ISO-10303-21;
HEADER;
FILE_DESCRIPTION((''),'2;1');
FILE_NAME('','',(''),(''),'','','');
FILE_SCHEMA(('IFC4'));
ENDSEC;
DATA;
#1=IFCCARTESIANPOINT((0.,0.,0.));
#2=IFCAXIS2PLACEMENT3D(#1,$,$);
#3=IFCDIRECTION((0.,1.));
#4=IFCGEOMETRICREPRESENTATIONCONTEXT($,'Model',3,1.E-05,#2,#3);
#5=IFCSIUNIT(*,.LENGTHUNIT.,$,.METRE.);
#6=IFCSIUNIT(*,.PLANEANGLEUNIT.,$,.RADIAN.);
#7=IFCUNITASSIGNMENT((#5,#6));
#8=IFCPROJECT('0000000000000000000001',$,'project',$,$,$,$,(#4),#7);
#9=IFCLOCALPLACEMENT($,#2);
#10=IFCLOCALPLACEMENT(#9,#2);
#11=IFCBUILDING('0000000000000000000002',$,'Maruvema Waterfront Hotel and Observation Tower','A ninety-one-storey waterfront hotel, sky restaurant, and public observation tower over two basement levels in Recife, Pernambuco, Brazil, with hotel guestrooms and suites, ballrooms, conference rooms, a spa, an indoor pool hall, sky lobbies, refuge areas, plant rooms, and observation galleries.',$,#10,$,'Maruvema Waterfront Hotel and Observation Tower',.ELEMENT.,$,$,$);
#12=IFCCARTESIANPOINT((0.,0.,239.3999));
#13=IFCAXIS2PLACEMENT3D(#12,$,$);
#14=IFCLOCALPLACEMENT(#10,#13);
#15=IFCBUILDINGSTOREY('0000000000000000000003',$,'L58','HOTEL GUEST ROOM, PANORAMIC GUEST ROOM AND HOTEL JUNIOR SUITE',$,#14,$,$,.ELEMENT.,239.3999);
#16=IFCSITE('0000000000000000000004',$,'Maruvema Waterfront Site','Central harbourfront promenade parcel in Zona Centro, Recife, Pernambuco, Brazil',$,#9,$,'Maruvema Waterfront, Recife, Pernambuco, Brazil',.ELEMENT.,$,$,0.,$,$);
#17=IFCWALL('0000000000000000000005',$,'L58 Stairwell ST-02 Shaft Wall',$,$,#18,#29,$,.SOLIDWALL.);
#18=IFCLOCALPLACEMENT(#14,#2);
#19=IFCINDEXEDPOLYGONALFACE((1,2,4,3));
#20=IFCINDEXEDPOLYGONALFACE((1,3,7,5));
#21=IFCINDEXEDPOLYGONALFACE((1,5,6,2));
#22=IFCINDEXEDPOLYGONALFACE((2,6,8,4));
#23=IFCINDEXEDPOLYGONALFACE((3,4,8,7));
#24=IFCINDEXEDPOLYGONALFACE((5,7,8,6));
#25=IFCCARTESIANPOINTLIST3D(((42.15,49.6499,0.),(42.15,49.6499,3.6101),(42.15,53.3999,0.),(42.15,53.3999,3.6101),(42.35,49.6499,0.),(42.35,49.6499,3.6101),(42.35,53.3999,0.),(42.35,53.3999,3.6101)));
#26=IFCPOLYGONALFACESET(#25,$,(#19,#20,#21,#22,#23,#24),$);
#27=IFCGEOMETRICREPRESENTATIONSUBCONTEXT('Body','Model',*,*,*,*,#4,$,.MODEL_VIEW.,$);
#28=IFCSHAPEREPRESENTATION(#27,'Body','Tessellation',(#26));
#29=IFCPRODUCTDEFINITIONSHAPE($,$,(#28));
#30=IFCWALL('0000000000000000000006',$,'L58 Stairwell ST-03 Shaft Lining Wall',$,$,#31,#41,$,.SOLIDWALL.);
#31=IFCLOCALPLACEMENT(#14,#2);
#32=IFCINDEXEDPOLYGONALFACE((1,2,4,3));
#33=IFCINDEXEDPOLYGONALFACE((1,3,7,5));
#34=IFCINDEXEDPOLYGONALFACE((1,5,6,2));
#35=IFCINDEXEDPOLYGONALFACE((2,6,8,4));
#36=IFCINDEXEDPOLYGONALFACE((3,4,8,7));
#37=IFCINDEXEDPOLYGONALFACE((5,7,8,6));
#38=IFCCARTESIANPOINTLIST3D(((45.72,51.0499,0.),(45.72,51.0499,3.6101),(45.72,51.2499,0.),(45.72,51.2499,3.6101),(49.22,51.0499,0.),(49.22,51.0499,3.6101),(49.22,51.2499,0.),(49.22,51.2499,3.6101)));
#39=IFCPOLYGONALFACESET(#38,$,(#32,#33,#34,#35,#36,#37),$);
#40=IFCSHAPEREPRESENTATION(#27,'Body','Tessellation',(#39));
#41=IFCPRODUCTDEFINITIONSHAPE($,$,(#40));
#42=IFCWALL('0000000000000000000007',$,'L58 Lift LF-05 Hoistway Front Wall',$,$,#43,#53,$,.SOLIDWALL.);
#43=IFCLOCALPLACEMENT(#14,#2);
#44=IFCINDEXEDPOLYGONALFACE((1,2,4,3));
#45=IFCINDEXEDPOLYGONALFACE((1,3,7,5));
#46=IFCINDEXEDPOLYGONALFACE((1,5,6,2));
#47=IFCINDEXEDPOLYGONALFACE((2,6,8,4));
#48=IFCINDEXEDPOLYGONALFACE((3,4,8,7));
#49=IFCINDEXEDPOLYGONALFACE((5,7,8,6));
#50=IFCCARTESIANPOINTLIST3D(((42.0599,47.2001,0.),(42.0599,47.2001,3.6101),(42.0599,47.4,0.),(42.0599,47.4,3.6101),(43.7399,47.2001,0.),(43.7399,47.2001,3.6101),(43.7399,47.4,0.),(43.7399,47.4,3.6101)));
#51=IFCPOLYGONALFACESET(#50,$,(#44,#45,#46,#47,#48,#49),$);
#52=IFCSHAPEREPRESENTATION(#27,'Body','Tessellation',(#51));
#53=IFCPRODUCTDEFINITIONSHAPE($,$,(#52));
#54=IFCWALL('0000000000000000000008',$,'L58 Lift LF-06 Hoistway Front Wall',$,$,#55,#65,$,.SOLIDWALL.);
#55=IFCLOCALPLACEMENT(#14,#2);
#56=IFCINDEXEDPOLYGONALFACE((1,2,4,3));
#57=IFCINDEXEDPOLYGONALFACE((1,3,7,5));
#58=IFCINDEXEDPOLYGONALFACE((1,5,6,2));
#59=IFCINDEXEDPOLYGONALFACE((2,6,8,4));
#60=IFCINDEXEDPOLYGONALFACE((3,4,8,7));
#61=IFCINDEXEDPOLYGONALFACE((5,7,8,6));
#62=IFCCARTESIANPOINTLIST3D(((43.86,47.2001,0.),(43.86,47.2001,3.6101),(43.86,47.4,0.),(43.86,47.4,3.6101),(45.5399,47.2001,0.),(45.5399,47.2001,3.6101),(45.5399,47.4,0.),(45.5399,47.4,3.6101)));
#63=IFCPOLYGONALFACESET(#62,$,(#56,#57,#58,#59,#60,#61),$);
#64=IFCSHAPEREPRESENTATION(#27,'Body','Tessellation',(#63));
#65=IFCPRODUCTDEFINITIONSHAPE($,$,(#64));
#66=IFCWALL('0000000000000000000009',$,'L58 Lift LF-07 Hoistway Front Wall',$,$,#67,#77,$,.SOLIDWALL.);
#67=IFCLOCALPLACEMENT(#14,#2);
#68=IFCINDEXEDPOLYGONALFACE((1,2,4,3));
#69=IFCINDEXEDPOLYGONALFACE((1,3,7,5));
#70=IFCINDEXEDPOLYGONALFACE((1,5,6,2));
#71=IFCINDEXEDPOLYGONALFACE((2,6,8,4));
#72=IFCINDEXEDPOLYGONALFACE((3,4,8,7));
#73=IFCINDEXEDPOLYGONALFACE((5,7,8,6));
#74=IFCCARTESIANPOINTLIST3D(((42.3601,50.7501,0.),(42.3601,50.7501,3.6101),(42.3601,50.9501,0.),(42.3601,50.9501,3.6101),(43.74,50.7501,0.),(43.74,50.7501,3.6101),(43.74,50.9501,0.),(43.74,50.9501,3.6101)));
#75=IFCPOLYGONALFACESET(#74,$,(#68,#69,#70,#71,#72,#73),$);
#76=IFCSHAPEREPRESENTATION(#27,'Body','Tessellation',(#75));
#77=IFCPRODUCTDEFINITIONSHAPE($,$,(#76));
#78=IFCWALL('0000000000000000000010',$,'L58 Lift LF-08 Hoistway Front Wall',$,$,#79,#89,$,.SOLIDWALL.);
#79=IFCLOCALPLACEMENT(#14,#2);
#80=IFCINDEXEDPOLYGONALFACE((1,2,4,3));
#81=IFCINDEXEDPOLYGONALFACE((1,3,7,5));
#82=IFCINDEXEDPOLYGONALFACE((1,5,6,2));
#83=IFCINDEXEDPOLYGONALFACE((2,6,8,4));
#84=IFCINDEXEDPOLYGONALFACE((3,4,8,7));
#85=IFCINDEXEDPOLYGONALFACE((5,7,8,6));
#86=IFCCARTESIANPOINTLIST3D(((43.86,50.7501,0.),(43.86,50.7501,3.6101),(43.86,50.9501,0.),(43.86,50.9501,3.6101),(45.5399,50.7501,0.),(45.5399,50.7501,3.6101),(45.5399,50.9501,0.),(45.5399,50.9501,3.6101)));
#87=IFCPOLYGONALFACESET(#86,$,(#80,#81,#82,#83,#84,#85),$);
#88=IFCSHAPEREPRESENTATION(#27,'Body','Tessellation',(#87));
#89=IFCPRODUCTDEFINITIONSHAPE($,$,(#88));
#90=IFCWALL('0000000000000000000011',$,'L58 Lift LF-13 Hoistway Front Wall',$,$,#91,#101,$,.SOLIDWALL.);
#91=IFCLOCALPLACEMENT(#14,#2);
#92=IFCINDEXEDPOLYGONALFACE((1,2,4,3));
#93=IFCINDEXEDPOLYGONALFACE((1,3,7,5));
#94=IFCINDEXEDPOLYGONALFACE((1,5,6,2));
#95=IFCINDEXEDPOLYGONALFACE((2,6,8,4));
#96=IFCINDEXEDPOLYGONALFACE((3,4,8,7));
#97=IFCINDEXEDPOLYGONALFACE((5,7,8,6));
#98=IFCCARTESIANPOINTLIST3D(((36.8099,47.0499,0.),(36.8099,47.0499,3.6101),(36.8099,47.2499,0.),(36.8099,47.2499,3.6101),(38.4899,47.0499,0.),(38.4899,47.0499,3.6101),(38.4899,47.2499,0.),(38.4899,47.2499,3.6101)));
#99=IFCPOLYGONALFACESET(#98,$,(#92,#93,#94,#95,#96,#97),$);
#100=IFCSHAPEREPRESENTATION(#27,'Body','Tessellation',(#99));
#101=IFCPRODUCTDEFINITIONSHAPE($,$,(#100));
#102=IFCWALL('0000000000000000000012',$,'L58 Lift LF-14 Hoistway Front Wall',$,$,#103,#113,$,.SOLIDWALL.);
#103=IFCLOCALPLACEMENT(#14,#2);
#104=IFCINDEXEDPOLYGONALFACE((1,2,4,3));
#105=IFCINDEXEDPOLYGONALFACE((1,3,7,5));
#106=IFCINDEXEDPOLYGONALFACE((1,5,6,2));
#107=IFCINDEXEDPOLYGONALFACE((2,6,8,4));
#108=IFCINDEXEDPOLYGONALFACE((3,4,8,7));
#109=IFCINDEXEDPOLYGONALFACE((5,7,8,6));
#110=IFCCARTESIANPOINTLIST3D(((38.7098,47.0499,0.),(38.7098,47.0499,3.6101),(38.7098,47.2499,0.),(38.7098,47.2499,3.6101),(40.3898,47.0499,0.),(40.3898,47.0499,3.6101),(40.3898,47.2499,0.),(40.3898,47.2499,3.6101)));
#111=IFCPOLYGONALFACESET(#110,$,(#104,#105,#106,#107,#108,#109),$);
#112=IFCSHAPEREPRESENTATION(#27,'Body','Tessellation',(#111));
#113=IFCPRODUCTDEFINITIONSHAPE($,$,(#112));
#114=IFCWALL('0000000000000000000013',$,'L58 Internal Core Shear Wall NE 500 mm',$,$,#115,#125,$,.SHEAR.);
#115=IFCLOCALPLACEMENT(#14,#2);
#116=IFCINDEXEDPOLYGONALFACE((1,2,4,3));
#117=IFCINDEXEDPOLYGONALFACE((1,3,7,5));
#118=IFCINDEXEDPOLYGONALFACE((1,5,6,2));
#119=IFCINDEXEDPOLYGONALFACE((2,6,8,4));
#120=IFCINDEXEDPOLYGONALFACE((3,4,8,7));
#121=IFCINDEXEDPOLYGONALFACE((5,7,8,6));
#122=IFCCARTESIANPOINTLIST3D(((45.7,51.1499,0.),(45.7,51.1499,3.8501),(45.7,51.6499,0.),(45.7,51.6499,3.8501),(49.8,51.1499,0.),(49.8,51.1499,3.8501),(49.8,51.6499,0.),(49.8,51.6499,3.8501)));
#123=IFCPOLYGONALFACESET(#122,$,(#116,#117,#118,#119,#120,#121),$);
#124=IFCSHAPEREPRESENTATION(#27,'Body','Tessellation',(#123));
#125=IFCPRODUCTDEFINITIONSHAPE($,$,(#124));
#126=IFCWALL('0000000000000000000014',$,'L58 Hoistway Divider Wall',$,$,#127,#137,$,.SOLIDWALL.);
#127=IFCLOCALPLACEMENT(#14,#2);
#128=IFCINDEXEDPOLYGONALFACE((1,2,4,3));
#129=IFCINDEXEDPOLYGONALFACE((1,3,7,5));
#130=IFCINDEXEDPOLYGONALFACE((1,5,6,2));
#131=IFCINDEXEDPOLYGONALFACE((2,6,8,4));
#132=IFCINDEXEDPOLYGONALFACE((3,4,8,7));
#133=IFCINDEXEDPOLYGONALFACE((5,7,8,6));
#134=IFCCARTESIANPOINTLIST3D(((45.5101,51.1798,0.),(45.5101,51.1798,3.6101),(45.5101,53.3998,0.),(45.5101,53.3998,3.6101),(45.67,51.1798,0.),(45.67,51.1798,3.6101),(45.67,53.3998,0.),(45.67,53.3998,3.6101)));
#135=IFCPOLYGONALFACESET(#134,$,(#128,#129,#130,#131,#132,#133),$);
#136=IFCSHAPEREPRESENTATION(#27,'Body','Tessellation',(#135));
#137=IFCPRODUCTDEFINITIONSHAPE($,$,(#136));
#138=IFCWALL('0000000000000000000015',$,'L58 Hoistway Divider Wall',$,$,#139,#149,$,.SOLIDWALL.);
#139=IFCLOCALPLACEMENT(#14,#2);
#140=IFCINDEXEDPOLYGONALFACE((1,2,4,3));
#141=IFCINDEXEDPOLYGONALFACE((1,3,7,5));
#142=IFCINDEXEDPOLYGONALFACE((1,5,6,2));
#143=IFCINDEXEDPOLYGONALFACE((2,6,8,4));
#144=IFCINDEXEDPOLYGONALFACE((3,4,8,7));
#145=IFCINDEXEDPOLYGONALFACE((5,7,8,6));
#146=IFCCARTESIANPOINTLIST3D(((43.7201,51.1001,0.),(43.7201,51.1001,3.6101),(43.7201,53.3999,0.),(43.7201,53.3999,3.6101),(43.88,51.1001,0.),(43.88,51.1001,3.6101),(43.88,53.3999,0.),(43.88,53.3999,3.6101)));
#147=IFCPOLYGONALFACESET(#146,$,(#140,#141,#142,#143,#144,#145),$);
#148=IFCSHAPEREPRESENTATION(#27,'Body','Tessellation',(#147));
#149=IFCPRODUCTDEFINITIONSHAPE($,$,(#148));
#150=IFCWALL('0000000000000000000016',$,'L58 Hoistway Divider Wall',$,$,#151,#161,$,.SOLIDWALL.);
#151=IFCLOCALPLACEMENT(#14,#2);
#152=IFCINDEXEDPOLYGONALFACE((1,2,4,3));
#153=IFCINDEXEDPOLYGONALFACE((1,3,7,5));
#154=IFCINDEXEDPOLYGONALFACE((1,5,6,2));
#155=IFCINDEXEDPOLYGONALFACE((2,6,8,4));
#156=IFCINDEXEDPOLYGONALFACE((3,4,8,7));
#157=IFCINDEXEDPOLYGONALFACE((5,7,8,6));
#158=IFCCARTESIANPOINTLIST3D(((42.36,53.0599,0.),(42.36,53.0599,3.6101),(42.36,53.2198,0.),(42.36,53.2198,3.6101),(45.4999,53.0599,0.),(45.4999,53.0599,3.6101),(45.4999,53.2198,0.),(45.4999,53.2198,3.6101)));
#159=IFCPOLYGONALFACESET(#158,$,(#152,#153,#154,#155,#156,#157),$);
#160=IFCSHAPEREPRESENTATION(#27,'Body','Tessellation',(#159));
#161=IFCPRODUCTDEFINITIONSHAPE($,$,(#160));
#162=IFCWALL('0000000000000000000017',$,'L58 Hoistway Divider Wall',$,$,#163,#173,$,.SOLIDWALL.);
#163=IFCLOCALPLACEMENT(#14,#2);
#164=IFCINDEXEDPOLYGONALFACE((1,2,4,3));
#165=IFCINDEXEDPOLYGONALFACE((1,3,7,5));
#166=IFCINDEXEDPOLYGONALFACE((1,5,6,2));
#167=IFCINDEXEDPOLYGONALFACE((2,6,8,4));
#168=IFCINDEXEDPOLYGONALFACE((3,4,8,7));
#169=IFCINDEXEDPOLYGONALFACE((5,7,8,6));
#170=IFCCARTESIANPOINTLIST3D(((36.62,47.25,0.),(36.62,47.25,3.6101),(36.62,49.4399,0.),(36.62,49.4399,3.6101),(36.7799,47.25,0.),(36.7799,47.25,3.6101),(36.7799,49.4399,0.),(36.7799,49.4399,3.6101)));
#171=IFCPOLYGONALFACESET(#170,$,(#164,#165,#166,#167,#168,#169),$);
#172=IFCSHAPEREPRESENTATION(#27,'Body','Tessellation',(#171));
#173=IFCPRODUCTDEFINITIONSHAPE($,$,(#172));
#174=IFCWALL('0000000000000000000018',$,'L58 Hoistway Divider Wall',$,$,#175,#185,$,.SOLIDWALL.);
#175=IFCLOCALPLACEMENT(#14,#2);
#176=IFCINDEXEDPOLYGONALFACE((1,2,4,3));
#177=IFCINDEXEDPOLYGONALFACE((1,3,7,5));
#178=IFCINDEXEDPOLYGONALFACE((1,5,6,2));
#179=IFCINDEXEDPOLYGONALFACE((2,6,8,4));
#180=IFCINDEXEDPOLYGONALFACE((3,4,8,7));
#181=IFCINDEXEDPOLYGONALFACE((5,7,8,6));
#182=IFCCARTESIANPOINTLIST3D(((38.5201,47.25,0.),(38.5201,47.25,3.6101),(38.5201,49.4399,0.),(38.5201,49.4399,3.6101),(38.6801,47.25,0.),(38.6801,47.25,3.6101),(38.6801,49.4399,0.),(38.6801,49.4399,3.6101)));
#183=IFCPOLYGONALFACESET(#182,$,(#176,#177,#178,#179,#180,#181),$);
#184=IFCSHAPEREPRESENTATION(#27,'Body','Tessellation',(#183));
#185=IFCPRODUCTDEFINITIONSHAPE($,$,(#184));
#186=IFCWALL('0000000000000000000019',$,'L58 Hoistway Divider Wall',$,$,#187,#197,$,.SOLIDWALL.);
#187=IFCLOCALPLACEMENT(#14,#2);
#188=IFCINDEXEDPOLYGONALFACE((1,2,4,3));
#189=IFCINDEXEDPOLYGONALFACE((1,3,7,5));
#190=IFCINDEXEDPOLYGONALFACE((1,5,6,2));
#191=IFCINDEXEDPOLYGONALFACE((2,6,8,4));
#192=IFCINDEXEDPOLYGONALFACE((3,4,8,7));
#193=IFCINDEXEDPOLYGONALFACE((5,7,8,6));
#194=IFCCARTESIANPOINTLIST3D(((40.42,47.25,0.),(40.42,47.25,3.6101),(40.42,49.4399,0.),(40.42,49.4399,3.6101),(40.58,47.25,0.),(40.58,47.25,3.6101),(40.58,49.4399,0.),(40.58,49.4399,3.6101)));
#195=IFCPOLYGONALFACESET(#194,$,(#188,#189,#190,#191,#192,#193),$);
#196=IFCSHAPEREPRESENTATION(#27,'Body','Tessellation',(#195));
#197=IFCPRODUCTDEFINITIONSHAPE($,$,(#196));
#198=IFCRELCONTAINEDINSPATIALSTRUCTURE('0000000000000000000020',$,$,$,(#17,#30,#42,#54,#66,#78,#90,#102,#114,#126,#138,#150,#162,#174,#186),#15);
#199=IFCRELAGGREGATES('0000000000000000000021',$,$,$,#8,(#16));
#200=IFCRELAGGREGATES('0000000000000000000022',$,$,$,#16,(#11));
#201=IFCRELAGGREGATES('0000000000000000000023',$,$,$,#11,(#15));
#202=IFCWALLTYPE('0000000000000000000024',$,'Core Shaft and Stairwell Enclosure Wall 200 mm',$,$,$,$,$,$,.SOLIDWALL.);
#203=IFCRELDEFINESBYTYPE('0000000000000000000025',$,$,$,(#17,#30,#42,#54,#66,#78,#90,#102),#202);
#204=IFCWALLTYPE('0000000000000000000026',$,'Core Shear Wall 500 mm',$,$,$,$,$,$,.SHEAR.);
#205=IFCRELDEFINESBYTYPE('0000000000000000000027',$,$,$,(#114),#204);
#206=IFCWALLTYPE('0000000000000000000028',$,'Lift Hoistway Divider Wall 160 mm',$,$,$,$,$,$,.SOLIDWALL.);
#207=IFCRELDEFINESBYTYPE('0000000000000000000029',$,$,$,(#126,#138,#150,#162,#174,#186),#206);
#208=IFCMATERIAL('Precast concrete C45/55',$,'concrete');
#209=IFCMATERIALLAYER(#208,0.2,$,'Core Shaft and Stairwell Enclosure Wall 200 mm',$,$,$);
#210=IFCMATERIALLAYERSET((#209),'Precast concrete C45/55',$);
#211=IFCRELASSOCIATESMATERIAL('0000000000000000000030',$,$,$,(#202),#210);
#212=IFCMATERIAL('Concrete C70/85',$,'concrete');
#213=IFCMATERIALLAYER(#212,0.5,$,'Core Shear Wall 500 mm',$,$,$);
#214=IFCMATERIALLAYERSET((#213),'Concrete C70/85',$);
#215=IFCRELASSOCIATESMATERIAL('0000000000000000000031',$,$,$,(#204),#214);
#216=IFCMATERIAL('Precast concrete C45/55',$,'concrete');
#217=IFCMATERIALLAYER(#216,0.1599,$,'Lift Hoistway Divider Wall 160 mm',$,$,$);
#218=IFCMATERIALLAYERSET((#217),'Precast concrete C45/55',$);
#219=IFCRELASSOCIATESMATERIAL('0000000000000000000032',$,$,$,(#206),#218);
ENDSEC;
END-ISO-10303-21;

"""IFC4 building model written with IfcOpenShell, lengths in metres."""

from ifc_helpers import new_model, si_unit, direction, frame, frame_2d, origin, place, context, subcontext, project, spatial, rectangle, extrude, material, layer, layer_set, type_object, element, save


model = new_model("IFC4")

# Units and contexts
model_context = context("Model", 3, precision=1e-05, world=origin(), true_north=direction((0.0, 1.0)))
body_context = subcontext(model_context, "Body", "Model", "MODEL_VIEW")
ifc_project = project(units=[si_unit("LENGTHUNIT", "METRE"), si_unit("PLANEANGLEUNIT", "RADIAN")], contexts=[model_context])

# Site, building, storey
site_placement = place(None, origin())
site = spatial("IfcSite", under=ifc_project, at=site_placement, Name="Maruvema Waterfront Site", Description="Central harbourfront promenade parcel in Zona Centro, Recife, Pernambuco, Brazil", LongName="Maruvema Waterfront, Recife, Pernambuco, Brazil", CompositionType="ELEMENT", RefElevation=0.0)
building_placement = place(site_placement, origin())
building = spatial("IfcBuilding", under=site, at=building_placement, Name="Maruvema Waterfront Hotel and Observation Tower", Description="A ninety-one-storey waterfront hotel, sky restaurant, and public observation tower over two basement levels in Recife, Pernambuco, Brazil, with hotel guestrooms and suites, ballrooms, conference rooms, a spa, an indoor pool hall, sky lobbies, refuge areas, plant rooms, and observation galleries.", LongName="Maruvema Waterfront Hotel and Observation Tower", CompositionType="ELEMENT")
storey_placement = place(building_placement, frame((0.0, 0.0, 239.3999)))
storey = spatial("IfcBuildingStorey", under=building, at=storey_placement, Name="L58", Description="HOTEL GUEST ROOM, PANORAMIC GUEST ROOM AND HOTEL JUNIOR SUITE", CompositionType="ELEMENT", Elevation=239.3999)

# Walls
ifc_material_1 = material(Name="Precast concrete C45/55", Category="concrete")
ifc_layer_1 = layer(ifc_material_1, 0.2, Name="Core Shaft and Stairwell Enclosure Wall 200 mm")
ifc_layer_set_1 = layer_set([ifc_layer_1], Name="Precast concrete C45/55")
wall_type_1 = type_object("IfcWallType", Name="Core Shaft and Stairwell Enclosure Wall 200 mm", PredefinedType="SOLIDWALL", material=ifc_layer_set_1)
wall_1_placement = place(storey_placement, frame((42.25, 49.6499, 0.0), z_axis=(0.0, 0.0, 1.0), x_axis=(0.0, 1.0, 0.0)))
element("IfcWall", 1, at=wall_1_placement, inside=storey, type_object=wall_type_1, Name="L58 Stairwell ST-02 Shaft Wall", PredefinedType="SOLIDWALL", context=body_context, shape_type="SweptSolid", body=[
    extrude(rectangle(XDim=3.75, YDim=0.2, at=frame_2d((1.875, 0.0))), origin(), (0.0, 0.0, 1.0), 3.6101),
])
wall_2_placement = place(storey_placement, frame((45.72, 51.1499, 0.0), z_axis=(0.0, 0.0, 1.0), x_axis=(1.0, 0.0, 0.0)))
element("IfcWall", 2, at=wall_2_placement, inside=storey, type_object=wall_type_1, Name="L58 Stairwell ST-03 Shaft Lining Wall", PredefinedType="SOLIDWALL", context=body_context, shape_type="SweptSolid", body=[
    extrude(rectangle(XDim=3.5, YDim=0.2, at=frame_2d((1.75, 0.0))), origin(), (0.0, 0.0, 1.0), 3.6101),
])
for number, where, z_axis, x_axis, name in (
    (3, (42.0601, 47.3, 0.0), (0.0, 0.0, 1.0), (1.0, 0.0, 0.0), "L58 Lift LF-05 Hoistway Front Wall"),
    (4, (43.8601, 47.3, 0.0), (0.0, 0.0, 1.0), (1.0, 0.0, 0.0), "L58 Lift LF-06 Hoistway Front Wall"),
):
    element("IfcWall", number, at=place(storey_placement, frame(where, z_axis=z_axis, x_axis=x_axis)), inside=storey, type_object=wall_type_1, Name=name, PredefinedType="SOLIDWALL", context=body_context, shape_type="SweptSolid", body=[
        extrude(rectangle(XDim=1.6799, YDim=0.2, at=frame_2d((0.8398, 0.0))), origin(), (0.0, 0.0, 1.0), 3.6101),
    ])
wall_3_placement = place(storey_placement, frame((42.3601, 50.8501, 0.0), z_axis=(0.0, 0.0, 1.0), x_axis=(1.0, 0.0, 0.0)))
element("IfcWall", 5, at=wall_3_placement, inside=storey, type_object=wall_type_1, Name="L58 Lift LF-07 Hoistway Front Wall", PredefinedType="SOLIDWALL", context=body_context, shape_type="SweptSolid", body=[
    extrude(rectangle(XDim=1.3799, YDim=0.2, at=frame_2d((0.6899, 0.0))), origin(), (0.0, 0.0, 1.0), 3.6101),
])
for number, where, z_axis, x_axis, name in (
    (6, (43.8601, 50.8501, 0.0), (0.0, 0.0, 1.0), (1.0, 0.0, 0.0), "L58 Lift LF-08 Hoistway Front Wall"),
    (7, (36.8101, 47.1499, 0.0), (0.0, 0.0, 1.0), (1.0, 0.0, 0.0), "L58 Lift LF-13 Hoistway Front Wall"),
    (8, (38.71, 47.1499, 0.0), (0.0, 0.0, 1.0), (1.0, 0.0, 0.0), "L58 Lift LF-14 Hoistway Front Wall"),
):
    element("IfcWall", number, at=place(storey_placement, frame(where, z_axis=z_axis, x_axis=x_axis)), inside=storey, type_object=wall_type_1, Name=name, PredefinedType="SOLIDWALL", context=body_context, shape_type="SweptSolid", body=[
        extrude(rectangle(XDim=1.6799, YDim=0.2, at=frame_2d((0.8398, 0.0))), origin(), (0.0, 0.0, 1.0), 3.6101),
    ])
ifc_material_2 = material(Name="Concrete C70/85", Category="concrete")
ifc_layer_2 = layer(ifc_material_2, 0.5, Name="Core Shear Wall 500 mm")
ifc_layer_set_2 = layer_set([ifc_layer_2], Name="Concrete C70/85")
wall_type_2 = type_object("IfcWallType", Name="Core Shear Wall 500 mm", PredefinedType="SHEAR", material=ifc_layer_set_2)
wall_4_placement = place(storey_placement, frame((45.7, 51.3999, 0.0), z_axis=(0.0, 0.0, 1.0), x_axis=(1.0, 0.0, 0.0)))
element("IfcWall", 9, at=wall_4_placement, inside=storey, type_object=wall_type_2, Name="L58 Internal Core Shear Wall NE 500 mm", PredefinedType="SHEAR", context=body_context, shape_type="SweptSolid", body=[
    extrude(rectangle(XDim=4.1001, YDim=0.5, at=frame_2d((2.05, 0.0))), origin(), (0.0, 0.0, 1.0), 3.8501),
])
ifc_material_3 = material(Name="Precast concrete C45/55", Category="concrete")
ifc_layer_3 = layer(ifc_material_3, 0.1599, Name="Lift Hoistway Divider Wall 160 mm")
ifc_layer_set_3 = layer_set([ifc_layer_3], Name="Precast concrete C45/55")
wall_type_3 = type_object("IfcWallType", Name="Lift Hoistway Divider Wall 160 mm", PredefinedType="SOLIDWALL", material=ifc_layer_set_3)
wall_5_placement = place(storey_placement, frame((45.5901, 51.1799, 0.0), z_axis=(0.0, 0.0, 1.0), x_axis=(0.0, 1.0, 0.0)))
element("IfcWall", 10, at=wall_5_placement, inside=storey, type_object=wall_type_3, Name="L58 Hoistway Divider Wall", PredefinedType="SOLIDWALL", context=body_context, shape_type="SweptSolid", body=[
    extrude(rectangle(XDim=2.22, YDim=0.1599, at=frame_2d((1.1099, 0.0))), origin(), (0.0, 0.0, 1.0), 3.6101),
])
wall_6_placement = place(storey_placement, frame((43.8, 51.1001, 0.0), z_axis=(0.0, 0.0, 1.0), x_axis=(0.0, 1.0, 0.0)))
element("IfcWall", 11, at=wall_6_placement, inside=storey, type_object=wall_type_3, Name="L58 Hoistway Divider Wall", PredefinedType="SOLIDWALL", context=body_context, shape_type="SweptSolid", body=[
    extrude(rectangle(XDim=2.2998, YDim=0.1599, at=frame_2d((1.1499, 0.0))), origin(), (0.0, 0.0, 1.0), 3.6101),
])
wall_7_placement = place(storey_placement, frame((42.3601, 53.1399, 0.0), z_axis=(0.0, 0.0, 1.0), x_axis=(1.0, 0.0, 0.0)))
element("IfcWall", 12, at=wall_7_placement, inside=storey, type_object=wall_type_3, Name="L58 Hoistway Divider Wall", PredefinedType="SOLIDWALL", context=body_context, shape_type="SweptSolid", body=[
    extrude(rectangle(XDim=3.1399, YDim=0.1599, at=frame_2d((1.5698, 0.0))), origin(), (0.0, 0.0, 1.0), 3.6101),
])
for number, where, z_axis, x_axis, name in (
    (13, (36.7, 47.25, 0.0), (0.0, 0.0, 1.0), (0.0, 1.0, 0.0), "L58 Hoistway Divider Wall"),
    (14, (38.6001, 47.25, 0.0), (0.0, 0.0, 1.0), (0.0, 1.0, 0.0), "L58 Hoistway Divider Wall"),
    (15, (40.5, 47.25, 0.0), (0.0, 0.0, 1.0), (0.0, 1.0, 0.0), "L58 Hoistway Divider Wall"),
):
    element("IfcWall", number, at=place(storey_placement, frame(where, z_axis=z_axis, x_axis=x_axis)), inside=storey, type_object=wall_type_3, Name=name, PredefinedType="SOLIDWALL", context=body_context, shape_type="SweptSolid", body=[
        extrude(rectangle(XDim=2.1899, YDim=0.1599, at=frame_2d((1.095, 0.0))), origin(), (0.0, 0.0, 1.0), 3.6101),
    ])

save(model, "model.ifc")
